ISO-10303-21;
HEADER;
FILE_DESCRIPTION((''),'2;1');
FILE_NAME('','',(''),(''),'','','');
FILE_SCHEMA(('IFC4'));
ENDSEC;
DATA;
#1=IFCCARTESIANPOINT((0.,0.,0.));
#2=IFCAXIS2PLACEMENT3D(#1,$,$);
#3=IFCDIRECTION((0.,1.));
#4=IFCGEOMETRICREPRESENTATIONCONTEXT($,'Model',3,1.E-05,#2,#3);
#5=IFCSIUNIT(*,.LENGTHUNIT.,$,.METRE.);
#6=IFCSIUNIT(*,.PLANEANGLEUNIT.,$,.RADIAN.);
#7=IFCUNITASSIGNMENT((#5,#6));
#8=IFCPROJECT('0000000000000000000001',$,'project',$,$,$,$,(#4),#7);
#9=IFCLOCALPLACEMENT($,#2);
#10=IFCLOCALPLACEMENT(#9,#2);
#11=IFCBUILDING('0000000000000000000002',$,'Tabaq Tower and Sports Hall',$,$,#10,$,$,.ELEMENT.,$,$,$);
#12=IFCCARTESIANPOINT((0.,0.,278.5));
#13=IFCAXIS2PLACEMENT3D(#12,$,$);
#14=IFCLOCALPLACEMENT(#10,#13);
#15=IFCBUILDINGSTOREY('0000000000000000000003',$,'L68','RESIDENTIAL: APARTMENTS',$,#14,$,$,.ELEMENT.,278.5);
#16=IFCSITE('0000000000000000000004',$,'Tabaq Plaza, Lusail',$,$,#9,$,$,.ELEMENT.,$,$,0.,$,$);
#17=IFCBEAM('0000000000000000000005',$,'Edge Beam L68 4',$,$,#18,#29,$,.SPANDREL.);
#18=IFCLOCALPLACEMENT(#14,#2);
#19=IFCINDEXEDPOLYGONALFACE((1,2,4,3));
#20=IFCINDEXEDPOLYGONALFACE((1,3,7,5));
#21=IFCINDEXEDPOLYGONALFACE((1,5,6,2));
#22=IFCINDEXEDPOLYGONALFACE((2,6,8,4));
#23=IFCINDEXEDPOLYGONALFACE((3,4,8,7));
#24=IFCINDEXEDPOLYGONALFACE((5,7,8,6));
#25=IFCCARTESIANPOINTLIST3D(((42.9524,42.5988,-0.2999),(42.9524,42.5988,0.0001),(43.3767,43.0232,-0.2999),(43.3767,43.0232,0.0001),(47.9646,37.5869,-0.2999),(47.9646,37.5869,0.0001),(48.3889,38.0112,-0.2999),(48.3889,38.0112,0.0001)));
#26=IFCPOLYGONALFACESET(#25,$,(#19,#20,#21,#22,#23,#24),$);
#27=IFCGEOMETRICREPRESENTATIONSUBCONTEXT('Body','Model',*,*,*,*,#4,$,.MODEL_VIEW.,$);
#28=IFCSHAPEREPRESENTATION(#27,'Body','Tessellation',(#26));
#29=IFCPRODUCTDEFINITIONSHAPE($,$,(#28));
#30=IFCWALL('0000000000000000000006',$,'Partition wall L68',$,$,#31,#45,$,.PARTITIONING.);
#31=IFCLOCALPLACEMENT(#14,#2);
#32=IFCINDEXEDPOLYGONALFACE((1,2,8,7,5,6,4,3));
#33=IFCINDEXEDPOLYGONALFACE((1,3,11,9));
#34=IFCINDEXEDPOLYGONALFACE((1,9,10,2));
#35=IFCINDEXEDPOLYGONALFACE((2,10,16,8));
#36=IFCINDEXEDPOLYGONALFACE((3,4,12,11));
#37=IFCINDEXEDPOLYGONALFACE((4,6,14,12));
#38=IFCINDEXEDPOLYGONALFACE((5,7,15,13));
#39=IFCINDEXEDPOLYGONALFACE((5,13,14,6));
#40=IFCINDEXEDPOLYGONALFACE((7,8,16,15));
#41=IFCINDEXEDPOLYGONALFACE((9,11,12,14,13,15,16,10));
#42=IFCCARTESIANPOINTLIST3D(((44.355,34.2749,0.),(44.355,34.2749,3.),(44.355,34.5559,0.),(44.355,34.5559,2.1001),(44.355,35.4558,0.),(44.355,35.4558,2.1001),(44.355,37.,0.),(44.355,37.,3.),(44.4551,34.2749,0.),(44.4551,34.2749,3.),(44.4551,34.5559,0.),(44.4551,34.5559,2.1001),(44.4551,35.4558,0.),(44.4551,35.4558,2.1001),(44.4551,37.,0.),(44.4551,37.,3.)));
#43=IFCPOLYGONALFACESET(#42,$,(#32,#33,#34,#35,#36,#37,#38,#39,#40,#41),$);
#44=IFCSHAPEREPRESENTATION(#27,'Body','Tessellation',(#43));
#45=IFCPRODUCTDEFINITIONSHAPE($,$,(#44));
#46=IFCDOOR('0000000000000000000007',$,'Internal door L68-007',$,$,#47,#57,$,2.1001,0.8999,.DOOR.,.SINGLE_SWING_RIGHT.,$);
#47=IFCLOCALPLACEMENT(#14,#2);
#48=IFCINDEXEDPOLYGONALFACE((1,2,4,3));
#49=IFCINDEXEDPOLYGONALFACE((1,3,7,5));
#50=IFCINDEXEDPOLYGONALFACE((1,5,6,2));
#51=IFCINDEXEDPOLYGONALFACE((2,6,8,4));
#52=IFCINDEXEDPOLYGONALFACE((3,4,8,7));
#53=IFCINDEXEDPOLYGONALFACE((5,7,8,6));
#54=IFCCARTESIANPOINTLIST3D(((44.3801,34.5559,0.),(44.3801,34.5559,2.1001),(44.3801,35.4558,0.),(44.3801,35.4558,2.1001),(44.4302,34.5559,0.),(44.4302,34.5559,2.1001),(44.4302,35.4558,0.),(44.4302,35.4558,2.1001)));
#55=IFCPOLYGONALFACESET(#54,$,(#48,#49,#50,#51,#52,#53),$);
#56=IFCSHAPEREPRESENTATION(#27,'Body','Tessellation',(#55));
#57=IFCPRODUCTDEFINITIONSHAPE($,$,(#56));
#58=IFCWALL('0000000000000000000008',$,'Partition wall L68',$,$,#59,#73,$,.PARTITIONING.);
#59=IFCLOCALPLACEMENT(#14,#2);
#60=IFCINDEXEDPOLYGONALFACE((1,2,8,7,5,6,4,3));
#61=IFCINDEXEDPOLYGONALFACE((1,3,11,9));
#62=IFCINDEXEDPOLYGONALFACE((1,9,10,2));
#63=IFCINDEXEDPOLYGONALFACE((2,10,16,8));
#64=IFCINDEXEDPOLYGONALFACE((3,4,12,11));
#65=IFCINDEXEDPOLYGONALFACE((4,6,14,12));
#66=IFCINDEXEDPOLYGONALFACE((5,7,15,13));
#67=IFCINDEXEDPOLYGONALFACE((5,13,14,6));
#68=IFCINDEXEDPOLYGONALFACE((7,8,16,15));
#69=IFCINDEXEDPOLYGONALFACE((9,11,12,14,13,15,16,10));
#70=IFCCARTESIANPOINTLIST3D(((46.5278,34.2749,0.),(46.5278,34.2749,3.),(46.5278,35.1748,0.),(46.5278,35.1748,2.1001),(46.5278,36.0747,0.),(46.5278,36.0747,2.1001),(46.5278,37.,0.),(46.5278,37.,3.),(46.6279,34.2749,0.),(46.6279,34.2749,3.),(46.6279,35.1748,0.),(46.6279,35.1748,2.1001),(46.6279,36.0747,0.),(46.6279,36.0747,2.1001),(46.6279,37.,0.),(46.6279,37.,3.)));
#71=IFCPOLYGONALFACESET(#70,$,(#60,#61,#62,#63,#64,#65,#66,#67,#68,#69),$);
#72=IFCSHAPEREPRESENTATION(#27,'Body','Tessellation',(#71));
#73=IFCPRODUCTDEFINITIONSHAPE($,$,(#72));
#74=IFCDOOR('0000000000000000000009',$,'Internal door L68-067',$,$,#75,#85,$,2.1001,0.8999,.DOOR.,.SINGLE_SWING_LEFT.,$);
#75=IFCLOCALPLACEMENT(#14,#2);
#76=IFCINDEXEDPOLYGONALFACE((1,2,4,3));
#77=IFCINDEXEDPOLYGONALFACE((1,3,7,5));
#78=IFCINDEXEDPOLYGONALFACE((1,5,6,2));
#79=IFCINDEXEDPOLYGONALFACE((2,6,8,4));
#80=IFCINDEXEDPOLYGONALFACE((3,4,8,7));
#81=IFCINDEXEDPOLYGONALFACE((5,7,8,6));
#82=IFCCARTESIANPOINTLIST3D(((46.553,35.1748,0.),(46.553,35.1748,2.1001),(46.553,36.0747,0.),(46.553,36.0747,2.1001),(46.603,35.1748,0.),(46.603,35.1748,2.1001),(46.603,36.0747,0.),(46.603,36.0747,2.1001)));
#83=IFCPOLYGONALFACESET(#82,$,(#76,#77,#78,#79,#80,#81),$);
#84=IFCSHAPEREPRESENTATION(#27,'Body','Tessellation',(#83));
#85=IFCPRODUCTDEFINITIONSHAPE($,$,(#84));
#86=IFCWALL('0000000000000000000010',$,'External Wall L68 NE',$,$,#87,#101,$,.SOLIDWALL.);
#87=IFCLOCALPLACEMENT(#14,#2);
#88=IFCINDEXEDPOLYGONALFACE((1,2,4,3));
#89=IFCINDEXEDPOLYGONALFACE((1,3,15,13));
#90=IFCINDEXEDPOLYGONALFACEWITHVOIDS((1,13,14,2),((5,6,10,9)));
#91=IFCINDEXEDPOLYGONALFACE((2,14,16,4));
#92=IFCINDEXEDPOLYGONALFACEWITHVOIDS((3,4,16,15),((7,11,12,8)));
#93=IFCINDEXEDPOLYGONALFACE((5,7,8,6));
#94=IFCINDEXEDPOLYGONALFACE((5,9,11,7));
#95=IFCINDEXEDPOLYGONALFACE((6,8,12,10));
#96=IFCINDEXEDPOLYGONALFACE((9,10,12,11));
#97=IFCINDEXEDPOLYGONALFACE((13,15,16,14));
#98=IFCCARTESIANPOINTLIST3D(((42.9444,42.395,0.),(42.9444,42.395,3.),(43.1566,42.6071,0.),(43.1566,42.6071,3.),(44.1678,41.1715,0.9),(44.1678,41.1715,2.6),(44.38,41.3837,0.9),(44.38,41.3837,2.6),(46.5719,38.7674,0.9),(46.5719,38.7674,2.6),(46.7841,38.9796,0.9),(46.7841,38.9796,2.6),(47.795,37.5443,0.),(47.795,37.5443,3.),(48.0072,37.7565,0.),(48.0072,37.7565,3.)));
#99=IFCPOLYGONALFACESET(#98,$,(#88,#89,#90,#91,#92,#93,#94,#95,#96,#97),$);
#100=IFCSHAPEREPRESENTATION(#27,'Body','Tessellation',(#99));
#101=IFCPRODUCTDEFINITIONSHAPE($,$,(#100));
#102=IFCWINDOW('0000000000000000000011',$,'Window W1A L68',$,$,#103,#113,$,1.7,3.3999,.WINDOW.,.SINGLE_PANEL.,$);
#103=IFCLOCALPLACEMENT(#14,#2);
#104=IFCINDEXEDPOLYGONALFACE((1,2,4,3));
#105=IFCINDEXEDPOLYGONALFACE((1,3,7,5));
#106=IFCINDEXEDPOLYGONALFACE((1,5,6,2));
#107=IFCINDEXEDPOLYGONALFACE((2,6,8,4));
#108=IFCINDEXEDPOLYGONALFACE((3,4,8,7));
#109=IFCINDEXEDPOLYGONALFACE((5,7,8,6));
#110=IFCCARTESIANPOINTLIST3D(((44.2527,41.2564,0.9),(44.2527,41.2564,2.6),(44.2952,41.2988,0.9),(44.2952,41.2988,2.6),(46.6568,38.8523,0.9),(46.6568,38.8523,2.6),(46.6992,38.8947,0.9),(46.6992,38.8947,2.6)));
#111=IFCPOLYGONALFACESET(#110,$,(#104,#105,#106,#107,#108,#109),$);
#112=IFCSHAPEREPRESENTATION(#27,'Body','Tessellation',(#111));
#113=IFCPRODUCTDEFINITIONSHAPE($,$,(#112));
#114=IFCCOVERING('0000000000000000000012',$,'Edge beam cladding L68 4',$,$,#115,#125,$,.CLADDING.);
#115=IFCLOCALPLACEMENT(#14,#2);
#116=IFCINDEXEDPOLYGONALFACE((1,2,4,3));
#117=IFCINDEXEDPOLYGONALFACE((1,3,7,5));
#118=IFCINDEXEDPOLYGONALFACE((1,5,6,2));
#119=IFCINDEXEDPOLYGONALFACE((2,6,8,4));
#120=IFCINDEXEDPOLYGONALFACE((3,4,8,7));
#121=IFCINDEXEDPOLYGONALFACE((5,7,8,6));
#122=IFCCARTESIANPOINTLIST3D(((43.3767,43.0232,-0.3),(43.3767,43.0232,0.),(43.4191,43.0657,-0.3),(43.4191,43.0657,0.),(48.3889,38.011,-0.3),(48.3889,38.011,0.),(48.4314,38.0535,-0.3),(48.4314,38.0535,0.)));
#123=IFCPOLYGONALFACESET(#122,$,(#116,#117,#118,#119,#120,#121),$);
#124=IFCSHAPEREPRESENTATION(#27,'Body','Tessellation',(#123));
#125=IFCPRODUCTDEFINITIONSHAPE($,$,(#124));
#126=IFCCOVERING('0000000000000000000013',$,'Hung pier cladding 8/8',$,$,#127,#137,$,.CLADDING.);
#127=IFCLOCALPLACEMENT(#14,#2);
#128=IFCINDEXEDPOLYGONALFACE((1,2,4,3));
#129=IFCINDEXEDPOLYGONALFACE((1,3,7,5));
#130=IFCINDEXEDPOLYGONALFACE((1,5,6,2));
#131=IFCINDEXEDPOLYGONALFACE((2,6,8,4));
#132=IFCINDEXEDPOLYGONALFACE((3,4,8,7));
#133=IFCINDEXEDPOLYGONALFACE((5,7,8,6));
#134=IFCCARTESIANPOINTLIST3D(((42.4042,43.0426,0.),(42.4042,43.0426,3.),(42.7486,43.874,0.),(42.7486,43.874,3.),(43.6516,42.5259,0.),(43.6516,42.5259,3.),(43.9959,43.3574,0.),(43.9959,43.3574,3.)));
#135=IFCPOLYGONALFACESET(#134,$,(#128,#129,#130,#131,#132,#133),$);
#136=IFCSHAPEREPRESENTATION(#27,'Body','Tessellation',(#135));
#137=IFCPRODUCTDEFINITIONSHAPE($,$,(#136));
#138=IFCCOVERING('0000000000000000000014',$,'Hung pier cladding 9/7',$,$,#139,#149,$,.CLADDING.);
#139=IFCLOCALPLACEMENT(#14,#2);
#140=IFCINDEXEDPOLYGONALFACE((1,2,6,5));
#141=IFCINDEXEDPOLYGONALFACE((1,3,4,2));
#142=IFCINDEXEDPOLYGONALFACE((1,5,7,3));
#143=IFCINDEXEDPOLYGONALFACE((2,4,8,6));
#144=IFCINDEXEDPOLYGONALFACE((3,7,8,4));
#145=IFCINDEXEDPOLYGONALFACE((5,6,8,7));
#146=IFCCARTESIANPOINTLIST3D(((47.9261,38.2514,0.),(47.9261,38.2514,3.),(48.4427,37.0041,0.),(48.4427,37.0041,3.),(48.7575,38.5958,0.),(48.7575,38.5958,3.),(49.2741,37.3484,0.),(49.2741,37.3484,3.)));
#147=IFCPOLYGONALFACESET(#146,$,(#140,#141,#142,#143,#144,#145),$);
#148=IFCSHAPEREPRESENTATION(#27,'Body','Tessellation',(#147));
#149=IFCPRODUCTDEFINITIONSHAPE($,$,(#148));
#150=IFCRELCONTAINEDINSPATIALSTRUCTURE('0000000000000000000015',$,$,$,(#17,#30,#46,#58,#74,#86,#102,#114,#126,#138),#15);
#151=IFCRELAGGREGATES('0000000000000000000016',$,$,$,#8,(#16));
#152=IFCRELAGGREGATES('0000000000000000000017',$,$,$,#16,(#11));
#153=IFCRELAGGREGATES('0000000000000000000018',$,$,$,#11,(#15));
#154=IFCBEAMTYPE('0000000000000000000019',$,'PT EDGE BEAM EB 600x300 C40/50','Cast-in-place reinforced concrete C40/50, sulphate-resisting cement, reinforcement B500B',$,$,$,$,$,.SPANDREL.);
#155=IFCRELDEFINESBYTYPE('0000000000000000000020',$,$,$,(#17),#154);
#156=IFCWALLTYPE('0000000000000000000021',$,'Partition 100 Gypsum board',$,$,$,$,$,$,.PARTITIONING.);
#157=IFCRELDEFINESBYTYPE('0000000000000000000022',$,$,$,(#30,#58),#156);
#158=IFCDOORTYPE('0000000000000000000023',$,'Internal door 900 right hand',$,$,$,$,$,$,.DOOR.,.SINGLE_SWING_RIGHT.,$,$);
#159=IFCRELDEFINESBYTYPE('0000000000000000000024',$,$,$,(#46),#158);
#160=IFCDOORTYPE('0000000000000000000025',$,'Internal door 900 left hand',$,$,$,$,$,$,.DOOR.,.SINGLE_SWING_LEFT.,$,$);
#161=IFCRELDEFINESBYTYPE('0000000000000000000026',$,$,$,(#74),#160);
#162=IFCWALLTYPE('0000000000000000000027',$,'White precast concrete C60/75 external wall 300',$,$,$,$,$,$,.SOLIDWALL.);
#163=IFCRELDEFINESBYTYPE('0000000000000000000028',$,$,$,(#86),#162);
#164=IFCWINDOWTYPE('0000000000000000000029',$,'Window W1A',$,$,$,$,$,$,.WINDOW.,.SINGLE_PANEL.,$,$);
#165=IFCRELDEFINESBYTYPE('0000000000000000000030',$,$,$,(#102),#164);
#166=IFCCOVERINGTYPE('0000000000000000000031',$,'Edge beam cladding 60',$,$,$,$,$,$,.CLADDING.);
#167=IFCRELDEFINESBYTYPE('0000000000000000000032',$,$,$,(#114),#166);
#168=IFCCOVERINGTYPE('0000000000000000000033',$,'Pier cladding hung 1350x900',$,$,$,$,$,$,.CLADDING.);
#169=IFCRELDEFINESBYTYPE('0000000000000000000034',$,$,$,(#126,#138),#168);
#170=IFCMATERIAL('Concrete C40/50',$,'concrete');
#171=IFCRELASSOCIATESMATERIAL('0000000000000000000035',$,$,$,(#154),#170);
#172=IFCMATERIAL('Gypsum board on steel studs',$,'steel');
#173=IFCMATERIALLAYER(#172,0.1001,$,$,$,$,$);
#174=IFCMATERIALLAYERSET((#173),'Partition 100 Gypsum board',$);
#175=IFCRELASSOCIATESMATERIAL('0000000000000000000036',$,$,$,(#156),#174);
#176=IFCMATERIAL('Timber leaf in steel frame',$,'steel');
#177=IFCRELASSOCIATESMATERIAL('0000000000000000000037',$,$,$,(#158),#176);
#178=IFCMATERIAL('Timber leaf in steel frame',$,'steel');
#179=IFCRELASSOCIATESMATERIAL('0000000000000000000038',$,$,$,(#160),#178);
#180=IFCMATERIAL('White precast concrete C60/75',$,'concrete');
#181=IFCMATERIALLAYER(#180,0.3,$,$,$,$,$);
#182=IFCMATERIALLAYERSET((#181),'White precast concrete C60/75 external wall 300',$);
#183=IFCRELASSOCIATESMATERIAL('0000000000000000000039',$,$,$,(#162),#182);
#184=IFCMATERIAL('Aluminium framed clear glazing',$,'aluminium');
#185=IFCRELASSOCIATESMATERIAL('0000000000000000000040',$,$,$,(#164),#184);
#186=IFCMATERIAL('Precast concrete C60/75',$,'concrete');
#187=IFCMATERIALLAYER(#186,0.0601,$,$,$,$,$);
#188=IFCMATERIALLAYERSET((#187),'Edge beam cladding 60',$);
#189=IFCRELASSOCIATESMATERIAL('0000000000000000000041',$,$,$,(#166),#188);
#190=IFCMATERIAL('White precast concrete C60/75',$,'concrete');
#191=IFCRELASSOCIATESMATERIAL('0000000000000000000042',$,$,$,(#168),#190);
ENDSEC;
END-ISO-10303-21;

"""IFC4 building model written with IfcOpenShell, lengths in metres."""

from ifc_helpers import new_model, si_unit, direction, frame, frame_2d, origin, origin_2d, place, context, subcontext, project, spatial, rectangle, extrude, material, layer, layer_set, material_profile, profile_set, type_object, element, fill, save


model = new_model("IFC4")

# Units and contexts
model_context = context("Model", 3, precision=1e-05, world=origin(), true_north=direction((0.0, 1.0)))
body_context = subcontext(model_context, "Body", "Model", "MODEL_VIEW")
ifc_project = project(units=[si_unit("LENGTHUNIT", "METRE"), si_unit("PLANEANGLEUNIT", "RADIAN")], contexts=[model_context])

# Site, building, storey
site_placement = place(None, origin())
site = spatial("IfcSite", under=ifc_project, at=site_placement, Name="Tabaq Plaza, Lusail", CompositionType="ELEMENT", RefElevation=0.0)
building_placement = place(site_placement, origin())
building = spatial("IfcBuilding", under=site, at=building_placement, Name="Tabaq Tower and Sports Hall", CompositionType="ELEMENT")
storey_placement = place(building_placement, frame((0.0, 0.0, 278.5)))
storey = spatial("IfcBuildingStorey", under=building, at=storey_placement, Name="L68", Description="RESIDENTIAL: APARTMENTS", CompositionType="ELEMENT", Elevation=278.5)

# Beam
ifc_material_1 = material(Name="Concrete C40/50", Category="concrete")
ifc_material_profile = material_profile(ifc_material_1, rectangle(XDim=0.6001, YDim=0.3, at=origin_2d()), Name="EB 600x300")
ifc_profile_set = profile_set([ifc_material_profile], Name="Concrete C40/50")
beam_type = type_object("IfcBeamType", Name="PT EDGE BEAM EB 600x300 C40/50", Description="Cast-in-place reinforced concrete C40/50, sulphate-resisting cement, reinforcement B500B", PredefinedType="SPANDREL", material=ifc_profile_set)
beam_placement = place(storey_placement, frame((48.1768, 37.7991, -0.1499), z_axis=(-0.707124, 0.70709, 0.0), x_axis=(-0.70709, -0.707124, 0.0)))
element("IfcBeam", 1, at=beam_placement, inside=storey, type_object=beam_type, Name="Edge Beam L68 4", PredefinedType="SPANDREL", context=body_context, shape_type="SweptSolid", body=[
    extrude(rectangle(XDim=0.6001, YDim=0.3, at=origin_2d()), origin(), (0.0, 0.0, 1.0), 7.0881),
])

# Walls, openings, doors
ifc_material_2 = material(Name="Gypsum board on steel studs", Category="steel")
ifc_layer_1 = layer(ifc_material_2, 0.1001)
ifc_layer_set_1 = layer_set([ifc_layer_1], Name="Partition 100 Gypsum board")
wall_type_1 = type_object("IfcWallType", Name="Partition 100 Gypsum board", PredefinedType="PARTITIONING", material=ifc_layer_set_1)
wall_1_placement = place(storey_placement, frame((44.405, 34.2749, 0.0), z_axis=(0.0, 0.0, 1.0), x_axis=(0.0, 1.0, 0.0)))
wall_1 = element("IfcWall", 2, at=wall_1_placement, inside=storey, type_object=wall_type_1, Name="Partition wall L68", PredefinedType="PARTITIONING", context=body_context, shape_type="SweptSolid", body=[
    extrude(rectangle(XDim=2.7251, YDim=0.1001, at=frame_2d((1.3625, 0.0))), origin(), (0.0, 0.0, 1.0), 3.0),
])
opening_1_placement = place(wall_1_placement, frame((0.281, 0.0, 0.0)))
opening_1 = element("IfcOpeningElement", 3, at=opening_1_placement, cuts=wall_1, PredefinedType="OPENING", context=body_context, shape_type="SweptSolid", body=[
    extrude(rectangle(XDim=0.8999, YDim=2.1001, at=frame_2d((0.45, 1.05))), frame((0.0, 0.05, 0.0), z_axis=(0.0, -1.0, 0.0), x_axis=(1.0, 0.0, 0.0)), (0.0, 0.0, 1.0), 0.1001),
])
ifc_material_3 = material(Name="Timber leaf in steel frame", Category="steel")
door_type_1 = type_object("IfcDoorType", Name="Internal door 900 right hand", OperationType="SINGLE_SWING_RIGHT", PredefinedType="DOOR", material=ifc_material_3)
door_1_placement = place(opening_1_placement, origin())
door_1 = element("IfcDoor", 4, at=door_1_placement, inside=storey, type_object=door_type_1, Name="Internal door L68-007", OperationType="SINGLE_SWING_RIGHT", OverallHeight=2.1001, OverallWidth=0.8999, PredefinedType="DOOR", context=body_context, shape_type="SweptSolid", body=[
    extrude(rectangle(XDim=0.8999, YDim=2.1001, at=frame_2d((0.45, 1.05))), frame((0.0, 0.0249, 0.0), z_axis=(0.0, -1.0, 0.0), x_axis=(1.0, 0.0, 0.0)), (0.0, 0.0, 1.0), 0.05),
])
fill(opening_1, door_1)
wall_2_placement = place(storey_placement, frame((46.5779, 34.2749, 0.0), z_axis=(0.0, 0.0, 1.0), x_axis=(0.0, 1.0, 0.0)))
wall_2 = element("IfcWall", 5, at=wall_2_placement, inside=storey, type_object=wall_type_1, Name="Partition wall L68", PredefinedType="PARTITIONING", context=body_context, shape_type="SweptSolid", body=[
    extrude(rectangle(XDim=2.7251, YDim=0.1001, at=frame_2d((1.3625, 0.0))), origin(), (0.0, 0.0, 1.0), 3.0),
])
opening_2_placement = place(wall_2_placement, frame((0.8999, 0.0, 0.0)))
opening_2 = element("IfcOpeningElement", 6, at=opening_2_placement, cuts=wall_2, PredefinedType="OPENING", context=body_context, shape_type="SweptSolid", body=[
    extrude(rectangle(XDim=0.8999, YDim=2.1001, at=frame_2d((0.45, 1.05))), frame((0.0, 0.05, 0.0), z_axis=(0.0, -1.0, 0.0), x_axis=(1.0, 0.0, 0.0)), (0.0, 0.0, 1.0), 0.1001),
])
ifc_material_4 = material(Name="Timber leaf in steel frame", Category="steel")
door_type_2 = type_object("IfcDoorType", Name="Internal door 900 left hand", OperationType="SINGLE_SWING_LEFT", PredefinedType="DOOR", material=ifc_material_4)
door_2_placement = place(opening_2_placement, origin())
door_2 = element("IfcDoor", 7, at=door_2_placement, inside=storey, type_object=door_type_2, Name="Internal door L68-067", OperationType="SINGLE_SWING_LEFT", OverallHeight=2.1001, OverallWidth=0.8999, PredefinedType="DOOR", context=body_context, shape_type="SweptSolid", body=[
    extrude(rectangle(XDim=0.8999, YDim=2.1001, at=frame_2d((0.45, 1.05))), frame((0.0, 0.0249, 0.0), z_axis=(0.0, -1.0, 0.0), x_axis=(1.0, 0.0, 0.0)), (0.0, 0.0, 1.0), 0.05),
])
fill(opening_2, door_2)

# Wall, opening, window
ifc_material_5 = material(Name="White precast concrete C60/75", Category="concrete")
ifc_layer_2 = layer(ifc_material_5, 0.3)
ifc_layer_set_2 = layer_set([ifc_layer_2], Name="White precast concrete C60/75 external wall 300")
wall_type_2 = type_object("IfcWallType", Name="White precast concrete C60/75 external wall 300", PredefinedType="SOLIDWALL", material=ifc_layer_set_2)
wall_3_placement = place(storey_placement, frame((47.9011, 37.6504, 0.0), z_axis=(0.0, 0.0, 1.0), x_axis=(-0.707107, 0.707107, 0.0)))
wall_3 = element("IfcWall", 8, at=wall_3_placement, inside=storey, type_object=wall_type_2, Name="External Wall L68 NE", PredefinedType="SOLIDWALL", context=body_context, shape_type="SweptSolid", body=[
    extrude(rectangle(XDim=6.8599, YDim=0.3, at=frame_2d((3.4299, 0.0))), origin(), (0.0, 0.0, 1.0), 3.0),
])
opening_3_placement = place(wall_3_placement, frame((1.7297, 0.0, 0.8999)))
opening_3 = element("IfcOpeningElement", 9, at=opening_3_placement, cuts=wall_3, PredefinedType="OPENING", context=body_context, shape_type="SweptSolid", body=[
    extrude(rectangle(XDim=3.3999, YDim=1.7, at=frame_2d((1.7, 0.8501))), frame((0.0, 0.1602, 0.0), z_axis=(0.0, -1.0, 0.0), x_axis=(1.0, 0.0, 0.0)), (0.0, 0.0, 1.0), 0.3201),
])
ifc_material_6 = material(Name="Aluminium framed clear glazing", Category="aluminium")
window_type = type_object("IfcWindowType", Name="Window W1A", PartitioningType="SINGLE_PANEL", PredefinedType="WINDOW", material=ifc_material_6)
window_placement = place(opening_3_placement, origin())
window = element("IfcWindow", 10, at=window_placement, inside=storey, type_object=window_type, Name="Window W1A L68", OverallHeight=1.7, OverallWidth=3.3999, PartitioningType="SINGLE_PANEL", PredefinedType="WINDOW", context=body_context, shape_type="SweptSolid", body=[
    extrude(rectangle(XDim=3.3999, YDim=1.7, at=frame_2d((1.7, 0.8501))), frame((0.0, 0.03, 0.0), z_axis=(0.0, -1.0, 0.0), x_axis=(1.0, 0.0, 0.0)), (0.0, 0.0, 1.0), 0.0601),
])
fill(opening_3, window)

# Coverings
ifc_material_7 = material(Name="Precast concrete C60/75", Category="concrete")
ifc_layer_3 = layer(ifc_material_7, 0.0601)
ifc_layer_set_3 = layer_set([ifc_layer_3], Name="Edge beam cladding 60")
covering_type_1 = type_object("IfcCoveringType", Name="Edge beam cladding 60", PredefinedType="CLADDING", material=ifc_layer_set_3)
covering_1_placement = place(storey_placement, frame((48.4102, 38.0322, -0.3), z_axis=(0.0, 0.0, 1.0), x_axis=(-0.707107, 0.707107, 0.0)))
element("IfcCovering", 11, at=covering_1_placement, inside=storey, type_object=covering_type_1, Name="Edge beam cladding L68 4", PredefinedType="CLADDING", context=body_context, shape_type="SweptSolid", body=[
    extrude(rectangle(XDim=7.0884, YDim=0.0601, at=frame_2d((3.5442, 0.0))), origin(), (0.0, 0.0, 1.0), 0.3),
])
ifc_material_8 = material(Name="White precast concrete C60/75", Category="concrete")
covering_type_2 = type_object("IfcCoveringType", Name="Pier cladding hung 1350x900", PredefinedType="CLADDING", material=ifc_material_8)
for number, where, z_axis, x_axis, name in (
    (12, (43.8237, 42.9417, 0.0), (0.0, 0.0, 1.0), (-0.923893, 0.38265, 0.0), "Hung pier cladding 8/8"),
    (13, (48.8584, 37.1763, 0.0), (0.0, 0.0, 1.0), (-0.38265, 0.923893, 0.0), "Hung pier cladding 9/7"),
):
    element("IfcCovering", number, at=place(storey_placement, frame(where, z_axis=z_axis, x_axis=x_axis)), inside=storey, type_object=covering_type_2, Name=name, PredefinedType="CLADDING", context=body_context, shape_type="SweptSolid", body=[
        extrude(rectangle(XDim=1.3501, YDim=0.8999, at=frame_2d((0.675, 0.0))), origin(), (0.0, 0.0, 1.0), 3.0),
    ])

save(model, "model.ifc")
